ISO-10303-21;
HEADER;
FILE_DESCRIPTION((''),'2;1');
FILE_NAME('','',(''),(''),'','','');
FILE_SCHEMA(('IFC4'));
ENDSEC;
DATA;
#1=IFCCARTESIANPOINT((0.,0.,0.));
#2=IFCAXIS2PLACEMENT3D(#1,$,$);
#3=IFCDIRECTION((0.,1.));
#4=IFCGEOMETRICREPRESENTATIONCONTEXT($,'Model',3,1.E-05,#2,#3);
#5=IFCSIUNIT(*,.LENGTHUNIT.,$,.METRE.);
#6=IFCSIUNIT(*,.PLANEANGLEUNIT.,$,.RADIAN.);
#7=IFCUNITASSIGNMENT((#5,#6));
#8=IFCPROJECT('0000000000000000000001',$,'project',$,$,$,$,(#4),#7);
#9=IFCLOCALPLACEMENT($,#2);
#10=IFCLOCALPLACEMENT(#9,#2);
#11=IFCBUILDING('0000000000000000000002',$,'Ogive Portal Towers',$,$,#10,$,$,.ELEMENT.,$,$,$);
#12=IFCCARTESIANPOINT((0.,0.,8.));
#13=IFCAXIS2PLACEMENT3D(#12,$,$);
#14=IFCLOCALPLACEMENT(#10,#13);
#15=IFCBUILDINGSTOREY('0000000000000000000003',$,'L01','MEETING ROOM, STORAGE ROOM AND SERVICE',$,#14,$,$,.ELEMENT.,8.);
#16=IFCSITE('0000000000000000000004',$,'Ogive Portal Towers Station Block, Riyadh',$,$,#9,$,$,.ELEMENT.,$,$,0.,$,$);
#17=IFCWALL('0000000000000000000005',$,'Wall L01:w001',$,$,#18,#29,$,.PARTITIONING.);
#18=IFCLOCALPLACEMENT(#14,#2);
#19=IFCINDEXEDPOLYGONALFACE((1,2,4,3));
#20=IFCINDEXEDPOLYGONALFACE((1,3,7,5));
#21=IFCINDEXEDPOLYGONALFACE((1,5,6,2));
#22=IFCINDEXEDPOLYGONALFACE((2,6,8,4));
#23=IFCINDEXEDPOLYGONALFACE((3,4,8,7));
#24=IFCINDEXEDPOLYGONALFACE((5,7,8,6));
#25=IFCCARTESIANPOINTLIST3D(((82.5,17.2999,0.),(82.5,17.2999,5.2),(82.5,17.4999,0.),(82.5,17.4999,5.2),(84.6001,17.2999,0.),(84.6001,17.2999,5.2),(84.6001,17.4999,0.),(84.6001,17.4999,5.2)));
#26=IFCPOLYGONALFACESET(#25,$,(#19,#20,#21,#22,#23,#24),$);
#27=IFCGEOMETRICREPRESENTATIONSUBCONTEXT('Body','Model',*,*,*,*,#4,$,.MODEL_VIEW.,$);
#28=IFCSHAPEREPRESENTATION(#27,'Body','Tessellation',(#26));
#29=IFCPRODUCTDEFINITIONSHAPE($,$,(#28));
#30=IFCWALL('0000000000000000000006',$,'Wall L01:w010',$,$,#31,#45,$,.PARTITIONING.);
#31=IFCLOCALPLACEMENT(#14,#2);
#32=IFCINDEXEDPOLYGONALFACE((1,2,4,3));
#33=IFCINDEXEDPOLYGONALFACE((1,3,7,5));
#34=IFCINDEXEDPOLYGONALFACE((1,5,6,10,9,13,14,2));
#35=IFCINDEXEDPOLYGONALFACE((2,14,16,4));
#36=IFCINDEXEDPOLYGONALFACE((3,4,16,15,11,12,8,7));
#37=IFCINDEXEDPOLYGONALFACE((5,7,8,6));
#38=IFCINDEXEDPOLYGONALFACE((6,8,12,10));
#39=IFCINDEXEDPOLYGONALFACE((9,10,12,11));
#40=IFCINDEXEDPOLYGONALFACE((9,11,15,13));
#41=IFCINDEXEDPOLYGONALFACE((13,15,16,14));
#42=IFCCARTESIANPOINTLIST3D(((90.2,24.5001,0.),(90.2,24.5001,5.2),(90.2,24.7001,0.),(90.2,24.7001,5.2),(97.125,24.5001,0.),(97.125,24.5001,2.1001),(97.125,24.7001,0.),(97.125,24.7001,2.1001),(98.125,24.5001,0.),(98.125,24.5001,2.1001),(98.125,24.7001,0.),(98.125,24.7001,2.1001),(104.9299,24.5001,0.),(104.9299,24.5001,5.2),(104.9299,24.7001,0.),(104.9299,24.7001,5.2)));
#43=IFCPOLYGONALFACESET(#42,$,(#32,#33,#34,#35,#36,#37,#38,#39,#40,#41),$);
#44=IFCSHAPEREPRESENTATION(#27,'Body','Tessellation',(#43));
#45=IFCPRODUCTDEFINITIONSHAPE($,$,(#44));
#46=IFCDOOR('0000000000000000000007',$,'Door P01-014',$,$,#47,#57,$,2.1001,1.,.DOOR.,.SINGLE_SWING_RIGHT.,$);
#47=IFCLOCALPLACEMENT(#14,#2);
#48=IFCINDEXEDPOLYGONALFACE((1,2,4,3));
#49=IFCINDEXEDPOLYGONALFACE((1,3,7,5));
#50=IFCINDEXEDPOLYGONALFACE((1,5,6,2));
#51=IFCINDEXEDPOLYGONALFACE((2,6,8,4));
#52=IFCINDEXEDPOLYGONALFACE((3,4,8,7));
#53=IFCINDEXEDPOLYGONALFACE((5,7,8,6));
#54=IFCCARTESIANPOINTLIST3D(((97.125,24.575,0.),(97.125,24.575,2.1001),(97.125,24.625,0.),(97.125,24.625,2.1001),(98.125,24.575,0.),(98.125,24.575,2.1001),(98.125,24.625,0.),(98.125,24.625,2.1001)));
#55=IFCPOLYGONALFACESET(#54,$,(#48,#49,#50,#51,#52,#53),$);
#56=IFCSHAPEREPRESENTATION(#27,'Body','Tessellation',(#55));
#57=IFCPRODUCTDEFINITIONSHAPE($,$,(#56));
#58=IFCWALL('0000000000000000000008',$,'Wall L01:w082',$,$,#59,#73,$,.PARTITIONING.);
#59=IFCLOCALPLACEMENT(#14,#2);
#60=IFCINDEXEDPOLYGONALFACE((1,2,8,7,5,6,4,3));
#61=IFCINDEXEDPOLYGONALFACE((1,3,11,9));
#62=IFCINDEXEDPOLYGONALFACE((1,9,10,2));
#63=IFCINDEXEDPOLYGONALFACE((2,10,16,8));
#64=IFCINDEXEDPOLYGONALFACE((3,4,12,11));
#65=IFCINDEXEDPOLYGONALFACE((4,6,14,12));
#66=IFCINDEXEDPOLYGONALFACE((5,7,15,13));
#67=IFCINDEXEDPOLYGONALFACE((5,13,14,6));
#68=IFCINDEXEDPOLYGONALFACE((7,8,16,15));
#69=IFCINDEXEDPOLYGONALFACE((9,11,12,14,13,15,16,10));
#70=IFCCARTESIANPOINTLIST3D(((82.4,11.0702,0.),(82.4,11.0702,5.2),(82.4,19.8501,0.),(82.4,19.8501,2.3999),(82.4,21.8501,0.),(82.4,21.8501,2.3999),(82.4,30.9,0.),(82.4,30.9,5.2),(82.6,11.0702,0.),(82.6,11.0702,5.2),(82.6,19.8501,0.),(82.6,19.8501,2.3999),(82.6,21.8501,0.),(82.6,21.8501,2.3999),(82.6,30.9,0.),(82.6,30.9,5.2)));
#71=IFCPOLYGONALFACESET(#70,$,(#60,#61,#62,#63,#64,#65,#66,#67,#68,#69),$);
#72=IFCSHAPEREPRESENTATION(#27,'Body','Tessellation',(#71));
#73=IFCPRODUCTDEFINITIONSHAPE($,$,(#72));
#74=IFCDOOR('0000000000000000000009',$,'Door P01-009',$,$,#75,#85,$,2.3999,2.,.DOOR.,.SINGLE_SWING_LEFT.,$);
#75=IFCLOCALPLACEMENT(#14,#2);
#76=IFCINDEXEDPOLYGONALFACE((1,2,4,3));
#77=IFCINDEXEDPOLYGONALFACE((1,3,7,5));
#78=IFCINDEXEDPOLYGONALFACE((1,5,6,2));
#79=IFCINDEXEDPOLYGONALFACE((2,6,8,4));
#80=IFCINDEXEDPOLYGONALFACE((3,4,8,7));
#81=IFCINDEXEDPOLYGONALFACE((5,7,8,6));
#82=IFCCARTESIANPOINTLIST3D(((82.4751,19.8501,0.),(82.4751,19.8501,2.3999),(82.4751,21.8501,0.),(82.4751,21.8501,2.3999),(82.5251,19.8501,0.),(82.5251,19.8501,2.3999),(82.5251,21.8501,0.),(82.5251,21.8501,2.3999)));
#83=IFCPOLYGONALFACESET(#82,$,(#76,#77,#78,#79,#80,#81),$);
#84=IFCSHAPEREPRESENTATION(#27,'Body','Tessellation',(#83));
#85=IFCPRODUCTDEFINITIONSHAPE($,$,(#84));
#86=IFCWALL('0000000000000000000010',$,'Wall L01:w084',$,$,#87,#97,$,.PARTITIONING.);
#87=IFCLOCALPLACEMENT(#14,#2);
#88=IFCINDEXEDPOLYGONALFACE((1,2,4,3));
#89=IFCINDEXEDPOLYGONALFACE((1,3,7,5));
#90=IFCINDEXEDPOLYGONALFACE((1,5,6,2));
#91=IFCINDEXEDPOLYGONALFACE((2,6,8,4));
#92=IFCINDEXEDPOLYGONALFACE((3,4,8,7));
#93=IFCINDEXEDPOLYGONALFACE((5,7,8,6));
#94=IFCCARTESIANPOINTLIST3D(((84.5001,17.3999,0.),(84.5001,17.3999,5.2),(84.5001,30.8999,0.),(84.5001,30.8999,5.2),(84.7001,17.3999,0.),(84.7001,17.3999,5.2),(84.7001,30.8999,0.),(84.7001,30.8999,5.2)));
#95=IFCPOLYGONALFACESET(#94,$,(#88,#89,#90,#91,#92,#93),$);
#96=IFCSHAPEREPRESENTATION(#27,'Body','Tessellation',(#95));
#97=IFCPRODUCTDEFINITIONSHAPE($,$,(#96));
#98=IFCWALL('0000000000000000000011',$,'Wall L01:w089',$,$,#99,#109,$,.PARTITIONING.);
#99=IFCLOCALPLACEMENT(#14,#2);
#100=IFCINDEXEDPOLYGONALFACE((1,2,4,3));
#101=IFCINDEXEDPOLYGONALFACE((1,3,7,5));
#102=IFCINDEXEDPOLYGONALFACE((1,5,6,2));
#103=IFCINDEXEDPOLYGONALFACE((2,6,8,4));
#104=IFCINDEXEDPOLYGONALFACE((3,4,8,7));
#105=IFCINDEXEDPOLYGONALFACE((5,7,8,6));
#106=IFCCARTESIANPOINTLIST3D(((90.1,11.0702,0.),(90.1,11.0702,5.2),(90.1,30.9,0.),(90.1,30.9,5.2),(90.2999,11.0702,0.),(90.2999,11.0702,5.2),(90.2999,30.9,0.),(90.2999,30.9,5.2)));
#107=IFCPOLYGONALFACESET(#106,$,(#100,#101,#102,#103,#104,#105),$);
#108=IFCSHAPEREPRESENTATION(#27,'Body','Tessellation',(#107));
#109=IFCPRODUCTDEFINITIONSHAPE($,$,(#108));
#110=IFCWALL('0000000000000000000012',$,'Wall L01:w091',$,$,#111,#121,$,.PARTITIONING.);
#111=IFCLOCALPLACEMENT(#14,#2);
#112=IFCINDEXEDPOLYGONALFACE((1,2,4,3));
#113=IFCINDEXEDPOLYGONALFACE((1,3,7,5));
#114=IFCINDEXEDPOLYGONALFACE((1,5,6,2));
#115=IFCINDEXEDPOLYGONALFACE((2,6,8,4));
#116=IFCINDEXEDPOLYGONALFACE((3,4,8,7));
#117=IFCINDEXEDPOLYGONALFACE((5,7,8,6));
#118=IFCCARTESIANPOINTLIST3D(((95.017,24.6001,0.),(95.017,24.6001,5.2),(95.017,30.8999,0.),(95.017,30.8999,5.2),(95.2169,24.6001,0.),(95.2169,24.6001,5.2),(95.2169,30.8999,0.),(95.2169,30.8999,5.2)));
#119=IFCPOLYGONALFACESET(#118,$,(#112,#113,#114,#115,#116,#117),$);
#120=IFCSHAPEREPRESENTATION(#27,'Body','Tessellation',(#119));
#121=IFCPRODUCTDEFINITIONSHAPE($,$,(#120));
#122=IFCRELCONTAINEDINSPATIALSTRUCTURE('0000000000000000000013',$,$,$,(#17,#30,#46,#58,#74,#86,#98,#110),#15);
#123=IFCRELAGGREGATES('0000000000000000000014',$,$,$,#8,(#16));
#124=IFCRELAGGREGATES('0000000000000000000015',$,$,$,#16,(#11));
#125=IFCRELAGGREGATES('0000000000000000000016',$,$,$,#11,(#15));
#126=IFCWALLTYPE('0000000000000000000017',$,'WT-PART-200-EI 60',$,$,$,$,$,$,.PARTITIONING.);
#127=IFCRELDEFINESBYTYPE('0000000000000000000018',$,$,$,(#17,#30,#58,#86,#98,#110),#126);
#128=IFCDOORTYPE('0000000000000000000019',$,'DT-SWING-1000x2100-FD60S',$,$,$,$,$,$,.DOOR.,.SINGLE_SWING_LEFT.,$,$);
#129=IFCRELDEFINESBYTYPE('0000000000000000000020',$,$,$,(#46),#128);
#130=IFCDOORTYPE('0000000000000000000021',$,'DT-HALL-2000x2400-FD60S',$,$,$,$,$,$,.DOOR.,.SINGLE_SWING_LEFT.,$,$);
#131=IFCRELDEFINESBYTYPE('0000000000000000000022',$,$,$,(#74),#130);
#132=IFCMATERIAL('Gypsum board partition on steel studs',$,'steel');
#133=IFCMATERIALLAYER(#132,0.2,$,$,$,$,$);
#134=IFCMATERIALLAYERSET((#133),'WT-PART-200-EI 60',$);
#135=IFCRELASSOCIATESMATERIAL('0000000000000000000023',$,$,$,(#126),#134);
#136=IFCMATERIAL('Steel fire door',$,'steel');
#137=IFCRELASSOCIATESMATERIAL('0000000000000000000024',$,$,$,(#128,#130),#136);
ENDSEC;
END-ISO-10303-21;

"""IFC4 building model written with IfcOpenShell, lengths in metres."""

from ifc_helpers import new_model, si_unit, direction, frame, frame_2d, origin, place, context, subcontext, project, spatial, rectangle, extrude, material, layer, layer_set, type_object, element, fill, save


model = new_model("IFC4")

# Units and contexts
model_context = context("Model", 3, precision=1e-05, world=origin(), true_north=direction((0.0, 1.0)))
body_context = subcontext(model_context, "Body", "Model", "MODEL_VIEW")
ifc_project = project(units=[si_unit("LENGTHUNIT", "METRE"), si_unit("PLANEANGLEUNIT", "RADIAN")], contexts=[model_context])

# Site, building, storey
site_placement = place(None, origin())
site = spatial("IfcSite", under=ifc_project, at=site_placement, Name="Ogive Portal Towers Station Block, Riyadh", CompositionType="ELEMENT", RefElevation=0.0)
building_placement = place(site_placement, origin())
building = spatial("IfcBuilding", under=site, at=building_placement, Name="Ogive Portal Towers", CompositionType="ELEMENT")
storey_placement = place(building_placement, frame((0.0, 0.0, 8.0)))
storey = spatial("IfcBuildingStorey", under=building, at=storey_placement, Name="L01", Description="MEETING ROOM, STORAGE ROOM AND SERVICE", CompositionType="ELEMENT", Elevation=8.0)

# Shared definitions
ifc_material_1 = material(Name="Steel fire door", Category="steel")

# Wall
ifc_material_2 = material(Name="Gypsum board partition on steel studs", Category="steel")
ifc_layer_1 = layer(ifc_material_2, 0.2)
ifc_layer_set_1 = layer_set([ifc_layer_1], Name="WT-PART-200-EI 60")
wall_type_1 = type_object("IfcWallType", Name="WT-PART-200-EI 60", PredefinedType="PARTITIONING", material=ifc_layer_set_1)
wall_1_placement = place(storey_placement, frame((82.5, 17.3999, 0.0), z_axis=(0.0, 0.0, 1.0), x_axis=(1.0, 0.0, 0.0)))
element("IfcWall", 1, at=wall_1_placement, inside=storey, type_object=wall_type_1, Name="Wall L01:w001", PredefinedType="PARTITIONING", context=body_context, shape_type="SweptSolid", body=[
    extrude(rectangle(XDim=2.1001, YDim=0.2, at=frame_2d((1.05, 0.0))), origin(), (0.0, 0.0, 1.0), 5.2),
])

# Walls, openings, doors
wall_2_placement = place(storey_placement, frame((90.2, 24.6001, 0.0), z_axis=(0.0, 0.0, 1.0), x_axis=(1.0, 0.0, 0.0)))
wall_2 = element("IfcWall", 2, at=wall_2_placement, inside=storey, type_object=wall_type_1, Name="Wall L01:w010", PredefinedType="PARTITIONING", context=body_context, shape_type="SweptSolid", body=[
    extrude(rectangle(XDim=14.73, YDim=0.2, at=frame_2d((7.365, 0.0))), origin(), (0.0, 0.0, 1.0), 5.2),
])
opening_1_placement = place(wall_2_placement, frame((6.925, 0.0, 0.0)))
opening_1 = element("IfcOpeningElement", 3, at=opening_1_placement, cuts=wall_2, PredefinedType="OPENING", context=body_context, shape_type="SweptSolid", body=[
    extrude(rectangle(XDim=1.0, YDim=2.1001, at=frame_2d((0.5, 1.05))), frame((0.0, 0.1099, 0.0), z_axis=(0.0, -1.0, 0.0), x_axis=(1.0, 0.0, 0.0)), (0.0, 0.0, 1.0), 0.22),
])
door_type_1 = type_object("IfcDoorType", Name="DT-SWING-1000x2100-FD60S", OperationType="SINGLE_SWING_LEFT", PredefinedType="DOOR", material=ifc_material_1)
door_1_placement = place(opening_1_placement, origin())
door_1 = element("IfcDoor", 4, at=door_1_placement, inside=storey, type_object=door_type_1, Name="Door P01-014", OperationType="SINGLE_SWING_RIGHT", OverallHeight=2.1001, OverallWidth=1.0, PredefinedType="DOOR", context=body_context, shape_type="SweptSolid", body=[
    extrude(rectangle(XDim=1.0, YDim=2.1001, at=frame_2d((0.5, 1.05))), frame((0.0, 0.0249, 0.0), z_axis=(0.0, -1.0, 0.0), x_axis=(1.0, 0.0, 0.0)), (0.0, 0.0, 1.0), 0.05),
])
fill(opening_1, door_1)
wall_3_placement = place(storey_placement, frame((82.5, 11.0701, 0.0), z_axis=(0.0, 0.0, 1.0), x_axis=(0.0, 1.0, 0.0)))
wall_3 = element("IfcWall", 5, at=wall_3_placement, inside=storey, type_object=wall_type_1, Name="Wall L01:w082", PredefinedType="PARTITIONING", context=body_context, shape_type="SweptSolid", body=[
    extrude(rectangle(XDim=19.8298, YDim=0.2, at=frame_2d((9.915, 0.0))), origin(), (0.0, 0.0, 1.0), 5.2),
])
opening_2_placement = place(wall_3_placement, frame((8.78, 0.0, 0.0)))
opening_2 = element("IfcOpeningElement", 6, at=opening_2_placement, cuts=wall_3, PredefinedType="OPENING", context=body_context, shape_type="SweptSolid", body=[
    extrude(rectangle(XDim=2.0, YDim=2.3999, at=frame_2d((1.0, 1.2))), frame((0.0, 0.1099, 0.0), z_axis=(0.0, -1.0, 0.0), x_axis=(1.0, 0.0, 0.0)), (0.0, 0.0, 1.0), 0.22),
])
door_type_2 = type_object("IfcDoorType", Name="DT-HALL-2000x2400-FD60S", OperationType="SINGLE_SWING_LEFT", PredefinedType="DOOR", material=ifc_material_1)
door_2_placement = place(opening_2_placement, origin())
door_2 = element("IfcDoor", 7, at=door_2_placement, inside=storey, type_object=door_type_2, Name="Door P01-009", OperationType="SINGLE_SWING_LEFT", OverallHeight=2.3999, OverallWidth=2.0, PredefinedType="DOOR", context=body_context, shape_type="SweptSolid", body=[
    extrude(rectangle(XDim=2.0, YDim=2.3999, at=frame_2d((1.0, 1.2))), frame((0.0, 0.0249, 0.0), z_axis=(0.0, -1.0, 0.0), x_axis=(1.0, 0.0, 0.0)), (0.0, 0.0, 1.0), 0.05),
])
fill(opening_2, door_2)

# Walls
wall_4_placement = place(storey_placement, frame((84.6001, 17.3999, 0.0), z_axis=(0.0, 0.0, 1.0), x_axis=(0.0, 1.0, 0.0)))
element("IfcWall", 8, at=wall_4_placement, inside=storey, type_object=wall_type_1, Name="Wall L01:w084", PredefinedType="PARTITIONING", context=body_context, shape_type="SweptSolid", body=[
    extrude(rectangle(XDim=13.5, YDim=0.2, at=frame_2d((6.75, 0.0))), origin(), (0.0, 0.0, 1.0), 5.2),
])
wall_5_placement = place(storey_placement, frame((90.2, 11.0701, 0.0), z_axis=(0.0, 0.0, 1.0), x_axis=(0.0, 1.0, 0.0)))
element("IfcWall", 9, at=wall_5_placement, inside=storey, type_object=wall_type_1, Name="Wall L01:w089", PredefinedType="PARTITIONING", context=body_context, shape_type="SweptSolid", body=[
    extrude(rectangle(XDim=19.8298, YDim=0.2, at=frame_2d((9.915, 0.0))), origin(), (0.0, 0.0, 1.0), 5.2),
])
wall_6_placement = place(storey_placement, frame((95.1169, 24.6001, 0.0), z_axis=(0.0, 0.0, 1.0), x_axis=(0.0, 1.0, 0.0)))
element("IfcWall", 10, at=wall_6_placement, inside=storey, type_object=wall_type_1, Name="Wall L01:w091", PredefinedType="PARTITIONING", context=body_context, shape_type="SweptSolid", body=[
    extrude(rectangle(XDim=6.2998, YDim=0.2, at=frame_2d((3.1499, 0.0))), origin(), (0.0, 0.0, 1.0), 5.2),
])

save(model, "model.ifc")
